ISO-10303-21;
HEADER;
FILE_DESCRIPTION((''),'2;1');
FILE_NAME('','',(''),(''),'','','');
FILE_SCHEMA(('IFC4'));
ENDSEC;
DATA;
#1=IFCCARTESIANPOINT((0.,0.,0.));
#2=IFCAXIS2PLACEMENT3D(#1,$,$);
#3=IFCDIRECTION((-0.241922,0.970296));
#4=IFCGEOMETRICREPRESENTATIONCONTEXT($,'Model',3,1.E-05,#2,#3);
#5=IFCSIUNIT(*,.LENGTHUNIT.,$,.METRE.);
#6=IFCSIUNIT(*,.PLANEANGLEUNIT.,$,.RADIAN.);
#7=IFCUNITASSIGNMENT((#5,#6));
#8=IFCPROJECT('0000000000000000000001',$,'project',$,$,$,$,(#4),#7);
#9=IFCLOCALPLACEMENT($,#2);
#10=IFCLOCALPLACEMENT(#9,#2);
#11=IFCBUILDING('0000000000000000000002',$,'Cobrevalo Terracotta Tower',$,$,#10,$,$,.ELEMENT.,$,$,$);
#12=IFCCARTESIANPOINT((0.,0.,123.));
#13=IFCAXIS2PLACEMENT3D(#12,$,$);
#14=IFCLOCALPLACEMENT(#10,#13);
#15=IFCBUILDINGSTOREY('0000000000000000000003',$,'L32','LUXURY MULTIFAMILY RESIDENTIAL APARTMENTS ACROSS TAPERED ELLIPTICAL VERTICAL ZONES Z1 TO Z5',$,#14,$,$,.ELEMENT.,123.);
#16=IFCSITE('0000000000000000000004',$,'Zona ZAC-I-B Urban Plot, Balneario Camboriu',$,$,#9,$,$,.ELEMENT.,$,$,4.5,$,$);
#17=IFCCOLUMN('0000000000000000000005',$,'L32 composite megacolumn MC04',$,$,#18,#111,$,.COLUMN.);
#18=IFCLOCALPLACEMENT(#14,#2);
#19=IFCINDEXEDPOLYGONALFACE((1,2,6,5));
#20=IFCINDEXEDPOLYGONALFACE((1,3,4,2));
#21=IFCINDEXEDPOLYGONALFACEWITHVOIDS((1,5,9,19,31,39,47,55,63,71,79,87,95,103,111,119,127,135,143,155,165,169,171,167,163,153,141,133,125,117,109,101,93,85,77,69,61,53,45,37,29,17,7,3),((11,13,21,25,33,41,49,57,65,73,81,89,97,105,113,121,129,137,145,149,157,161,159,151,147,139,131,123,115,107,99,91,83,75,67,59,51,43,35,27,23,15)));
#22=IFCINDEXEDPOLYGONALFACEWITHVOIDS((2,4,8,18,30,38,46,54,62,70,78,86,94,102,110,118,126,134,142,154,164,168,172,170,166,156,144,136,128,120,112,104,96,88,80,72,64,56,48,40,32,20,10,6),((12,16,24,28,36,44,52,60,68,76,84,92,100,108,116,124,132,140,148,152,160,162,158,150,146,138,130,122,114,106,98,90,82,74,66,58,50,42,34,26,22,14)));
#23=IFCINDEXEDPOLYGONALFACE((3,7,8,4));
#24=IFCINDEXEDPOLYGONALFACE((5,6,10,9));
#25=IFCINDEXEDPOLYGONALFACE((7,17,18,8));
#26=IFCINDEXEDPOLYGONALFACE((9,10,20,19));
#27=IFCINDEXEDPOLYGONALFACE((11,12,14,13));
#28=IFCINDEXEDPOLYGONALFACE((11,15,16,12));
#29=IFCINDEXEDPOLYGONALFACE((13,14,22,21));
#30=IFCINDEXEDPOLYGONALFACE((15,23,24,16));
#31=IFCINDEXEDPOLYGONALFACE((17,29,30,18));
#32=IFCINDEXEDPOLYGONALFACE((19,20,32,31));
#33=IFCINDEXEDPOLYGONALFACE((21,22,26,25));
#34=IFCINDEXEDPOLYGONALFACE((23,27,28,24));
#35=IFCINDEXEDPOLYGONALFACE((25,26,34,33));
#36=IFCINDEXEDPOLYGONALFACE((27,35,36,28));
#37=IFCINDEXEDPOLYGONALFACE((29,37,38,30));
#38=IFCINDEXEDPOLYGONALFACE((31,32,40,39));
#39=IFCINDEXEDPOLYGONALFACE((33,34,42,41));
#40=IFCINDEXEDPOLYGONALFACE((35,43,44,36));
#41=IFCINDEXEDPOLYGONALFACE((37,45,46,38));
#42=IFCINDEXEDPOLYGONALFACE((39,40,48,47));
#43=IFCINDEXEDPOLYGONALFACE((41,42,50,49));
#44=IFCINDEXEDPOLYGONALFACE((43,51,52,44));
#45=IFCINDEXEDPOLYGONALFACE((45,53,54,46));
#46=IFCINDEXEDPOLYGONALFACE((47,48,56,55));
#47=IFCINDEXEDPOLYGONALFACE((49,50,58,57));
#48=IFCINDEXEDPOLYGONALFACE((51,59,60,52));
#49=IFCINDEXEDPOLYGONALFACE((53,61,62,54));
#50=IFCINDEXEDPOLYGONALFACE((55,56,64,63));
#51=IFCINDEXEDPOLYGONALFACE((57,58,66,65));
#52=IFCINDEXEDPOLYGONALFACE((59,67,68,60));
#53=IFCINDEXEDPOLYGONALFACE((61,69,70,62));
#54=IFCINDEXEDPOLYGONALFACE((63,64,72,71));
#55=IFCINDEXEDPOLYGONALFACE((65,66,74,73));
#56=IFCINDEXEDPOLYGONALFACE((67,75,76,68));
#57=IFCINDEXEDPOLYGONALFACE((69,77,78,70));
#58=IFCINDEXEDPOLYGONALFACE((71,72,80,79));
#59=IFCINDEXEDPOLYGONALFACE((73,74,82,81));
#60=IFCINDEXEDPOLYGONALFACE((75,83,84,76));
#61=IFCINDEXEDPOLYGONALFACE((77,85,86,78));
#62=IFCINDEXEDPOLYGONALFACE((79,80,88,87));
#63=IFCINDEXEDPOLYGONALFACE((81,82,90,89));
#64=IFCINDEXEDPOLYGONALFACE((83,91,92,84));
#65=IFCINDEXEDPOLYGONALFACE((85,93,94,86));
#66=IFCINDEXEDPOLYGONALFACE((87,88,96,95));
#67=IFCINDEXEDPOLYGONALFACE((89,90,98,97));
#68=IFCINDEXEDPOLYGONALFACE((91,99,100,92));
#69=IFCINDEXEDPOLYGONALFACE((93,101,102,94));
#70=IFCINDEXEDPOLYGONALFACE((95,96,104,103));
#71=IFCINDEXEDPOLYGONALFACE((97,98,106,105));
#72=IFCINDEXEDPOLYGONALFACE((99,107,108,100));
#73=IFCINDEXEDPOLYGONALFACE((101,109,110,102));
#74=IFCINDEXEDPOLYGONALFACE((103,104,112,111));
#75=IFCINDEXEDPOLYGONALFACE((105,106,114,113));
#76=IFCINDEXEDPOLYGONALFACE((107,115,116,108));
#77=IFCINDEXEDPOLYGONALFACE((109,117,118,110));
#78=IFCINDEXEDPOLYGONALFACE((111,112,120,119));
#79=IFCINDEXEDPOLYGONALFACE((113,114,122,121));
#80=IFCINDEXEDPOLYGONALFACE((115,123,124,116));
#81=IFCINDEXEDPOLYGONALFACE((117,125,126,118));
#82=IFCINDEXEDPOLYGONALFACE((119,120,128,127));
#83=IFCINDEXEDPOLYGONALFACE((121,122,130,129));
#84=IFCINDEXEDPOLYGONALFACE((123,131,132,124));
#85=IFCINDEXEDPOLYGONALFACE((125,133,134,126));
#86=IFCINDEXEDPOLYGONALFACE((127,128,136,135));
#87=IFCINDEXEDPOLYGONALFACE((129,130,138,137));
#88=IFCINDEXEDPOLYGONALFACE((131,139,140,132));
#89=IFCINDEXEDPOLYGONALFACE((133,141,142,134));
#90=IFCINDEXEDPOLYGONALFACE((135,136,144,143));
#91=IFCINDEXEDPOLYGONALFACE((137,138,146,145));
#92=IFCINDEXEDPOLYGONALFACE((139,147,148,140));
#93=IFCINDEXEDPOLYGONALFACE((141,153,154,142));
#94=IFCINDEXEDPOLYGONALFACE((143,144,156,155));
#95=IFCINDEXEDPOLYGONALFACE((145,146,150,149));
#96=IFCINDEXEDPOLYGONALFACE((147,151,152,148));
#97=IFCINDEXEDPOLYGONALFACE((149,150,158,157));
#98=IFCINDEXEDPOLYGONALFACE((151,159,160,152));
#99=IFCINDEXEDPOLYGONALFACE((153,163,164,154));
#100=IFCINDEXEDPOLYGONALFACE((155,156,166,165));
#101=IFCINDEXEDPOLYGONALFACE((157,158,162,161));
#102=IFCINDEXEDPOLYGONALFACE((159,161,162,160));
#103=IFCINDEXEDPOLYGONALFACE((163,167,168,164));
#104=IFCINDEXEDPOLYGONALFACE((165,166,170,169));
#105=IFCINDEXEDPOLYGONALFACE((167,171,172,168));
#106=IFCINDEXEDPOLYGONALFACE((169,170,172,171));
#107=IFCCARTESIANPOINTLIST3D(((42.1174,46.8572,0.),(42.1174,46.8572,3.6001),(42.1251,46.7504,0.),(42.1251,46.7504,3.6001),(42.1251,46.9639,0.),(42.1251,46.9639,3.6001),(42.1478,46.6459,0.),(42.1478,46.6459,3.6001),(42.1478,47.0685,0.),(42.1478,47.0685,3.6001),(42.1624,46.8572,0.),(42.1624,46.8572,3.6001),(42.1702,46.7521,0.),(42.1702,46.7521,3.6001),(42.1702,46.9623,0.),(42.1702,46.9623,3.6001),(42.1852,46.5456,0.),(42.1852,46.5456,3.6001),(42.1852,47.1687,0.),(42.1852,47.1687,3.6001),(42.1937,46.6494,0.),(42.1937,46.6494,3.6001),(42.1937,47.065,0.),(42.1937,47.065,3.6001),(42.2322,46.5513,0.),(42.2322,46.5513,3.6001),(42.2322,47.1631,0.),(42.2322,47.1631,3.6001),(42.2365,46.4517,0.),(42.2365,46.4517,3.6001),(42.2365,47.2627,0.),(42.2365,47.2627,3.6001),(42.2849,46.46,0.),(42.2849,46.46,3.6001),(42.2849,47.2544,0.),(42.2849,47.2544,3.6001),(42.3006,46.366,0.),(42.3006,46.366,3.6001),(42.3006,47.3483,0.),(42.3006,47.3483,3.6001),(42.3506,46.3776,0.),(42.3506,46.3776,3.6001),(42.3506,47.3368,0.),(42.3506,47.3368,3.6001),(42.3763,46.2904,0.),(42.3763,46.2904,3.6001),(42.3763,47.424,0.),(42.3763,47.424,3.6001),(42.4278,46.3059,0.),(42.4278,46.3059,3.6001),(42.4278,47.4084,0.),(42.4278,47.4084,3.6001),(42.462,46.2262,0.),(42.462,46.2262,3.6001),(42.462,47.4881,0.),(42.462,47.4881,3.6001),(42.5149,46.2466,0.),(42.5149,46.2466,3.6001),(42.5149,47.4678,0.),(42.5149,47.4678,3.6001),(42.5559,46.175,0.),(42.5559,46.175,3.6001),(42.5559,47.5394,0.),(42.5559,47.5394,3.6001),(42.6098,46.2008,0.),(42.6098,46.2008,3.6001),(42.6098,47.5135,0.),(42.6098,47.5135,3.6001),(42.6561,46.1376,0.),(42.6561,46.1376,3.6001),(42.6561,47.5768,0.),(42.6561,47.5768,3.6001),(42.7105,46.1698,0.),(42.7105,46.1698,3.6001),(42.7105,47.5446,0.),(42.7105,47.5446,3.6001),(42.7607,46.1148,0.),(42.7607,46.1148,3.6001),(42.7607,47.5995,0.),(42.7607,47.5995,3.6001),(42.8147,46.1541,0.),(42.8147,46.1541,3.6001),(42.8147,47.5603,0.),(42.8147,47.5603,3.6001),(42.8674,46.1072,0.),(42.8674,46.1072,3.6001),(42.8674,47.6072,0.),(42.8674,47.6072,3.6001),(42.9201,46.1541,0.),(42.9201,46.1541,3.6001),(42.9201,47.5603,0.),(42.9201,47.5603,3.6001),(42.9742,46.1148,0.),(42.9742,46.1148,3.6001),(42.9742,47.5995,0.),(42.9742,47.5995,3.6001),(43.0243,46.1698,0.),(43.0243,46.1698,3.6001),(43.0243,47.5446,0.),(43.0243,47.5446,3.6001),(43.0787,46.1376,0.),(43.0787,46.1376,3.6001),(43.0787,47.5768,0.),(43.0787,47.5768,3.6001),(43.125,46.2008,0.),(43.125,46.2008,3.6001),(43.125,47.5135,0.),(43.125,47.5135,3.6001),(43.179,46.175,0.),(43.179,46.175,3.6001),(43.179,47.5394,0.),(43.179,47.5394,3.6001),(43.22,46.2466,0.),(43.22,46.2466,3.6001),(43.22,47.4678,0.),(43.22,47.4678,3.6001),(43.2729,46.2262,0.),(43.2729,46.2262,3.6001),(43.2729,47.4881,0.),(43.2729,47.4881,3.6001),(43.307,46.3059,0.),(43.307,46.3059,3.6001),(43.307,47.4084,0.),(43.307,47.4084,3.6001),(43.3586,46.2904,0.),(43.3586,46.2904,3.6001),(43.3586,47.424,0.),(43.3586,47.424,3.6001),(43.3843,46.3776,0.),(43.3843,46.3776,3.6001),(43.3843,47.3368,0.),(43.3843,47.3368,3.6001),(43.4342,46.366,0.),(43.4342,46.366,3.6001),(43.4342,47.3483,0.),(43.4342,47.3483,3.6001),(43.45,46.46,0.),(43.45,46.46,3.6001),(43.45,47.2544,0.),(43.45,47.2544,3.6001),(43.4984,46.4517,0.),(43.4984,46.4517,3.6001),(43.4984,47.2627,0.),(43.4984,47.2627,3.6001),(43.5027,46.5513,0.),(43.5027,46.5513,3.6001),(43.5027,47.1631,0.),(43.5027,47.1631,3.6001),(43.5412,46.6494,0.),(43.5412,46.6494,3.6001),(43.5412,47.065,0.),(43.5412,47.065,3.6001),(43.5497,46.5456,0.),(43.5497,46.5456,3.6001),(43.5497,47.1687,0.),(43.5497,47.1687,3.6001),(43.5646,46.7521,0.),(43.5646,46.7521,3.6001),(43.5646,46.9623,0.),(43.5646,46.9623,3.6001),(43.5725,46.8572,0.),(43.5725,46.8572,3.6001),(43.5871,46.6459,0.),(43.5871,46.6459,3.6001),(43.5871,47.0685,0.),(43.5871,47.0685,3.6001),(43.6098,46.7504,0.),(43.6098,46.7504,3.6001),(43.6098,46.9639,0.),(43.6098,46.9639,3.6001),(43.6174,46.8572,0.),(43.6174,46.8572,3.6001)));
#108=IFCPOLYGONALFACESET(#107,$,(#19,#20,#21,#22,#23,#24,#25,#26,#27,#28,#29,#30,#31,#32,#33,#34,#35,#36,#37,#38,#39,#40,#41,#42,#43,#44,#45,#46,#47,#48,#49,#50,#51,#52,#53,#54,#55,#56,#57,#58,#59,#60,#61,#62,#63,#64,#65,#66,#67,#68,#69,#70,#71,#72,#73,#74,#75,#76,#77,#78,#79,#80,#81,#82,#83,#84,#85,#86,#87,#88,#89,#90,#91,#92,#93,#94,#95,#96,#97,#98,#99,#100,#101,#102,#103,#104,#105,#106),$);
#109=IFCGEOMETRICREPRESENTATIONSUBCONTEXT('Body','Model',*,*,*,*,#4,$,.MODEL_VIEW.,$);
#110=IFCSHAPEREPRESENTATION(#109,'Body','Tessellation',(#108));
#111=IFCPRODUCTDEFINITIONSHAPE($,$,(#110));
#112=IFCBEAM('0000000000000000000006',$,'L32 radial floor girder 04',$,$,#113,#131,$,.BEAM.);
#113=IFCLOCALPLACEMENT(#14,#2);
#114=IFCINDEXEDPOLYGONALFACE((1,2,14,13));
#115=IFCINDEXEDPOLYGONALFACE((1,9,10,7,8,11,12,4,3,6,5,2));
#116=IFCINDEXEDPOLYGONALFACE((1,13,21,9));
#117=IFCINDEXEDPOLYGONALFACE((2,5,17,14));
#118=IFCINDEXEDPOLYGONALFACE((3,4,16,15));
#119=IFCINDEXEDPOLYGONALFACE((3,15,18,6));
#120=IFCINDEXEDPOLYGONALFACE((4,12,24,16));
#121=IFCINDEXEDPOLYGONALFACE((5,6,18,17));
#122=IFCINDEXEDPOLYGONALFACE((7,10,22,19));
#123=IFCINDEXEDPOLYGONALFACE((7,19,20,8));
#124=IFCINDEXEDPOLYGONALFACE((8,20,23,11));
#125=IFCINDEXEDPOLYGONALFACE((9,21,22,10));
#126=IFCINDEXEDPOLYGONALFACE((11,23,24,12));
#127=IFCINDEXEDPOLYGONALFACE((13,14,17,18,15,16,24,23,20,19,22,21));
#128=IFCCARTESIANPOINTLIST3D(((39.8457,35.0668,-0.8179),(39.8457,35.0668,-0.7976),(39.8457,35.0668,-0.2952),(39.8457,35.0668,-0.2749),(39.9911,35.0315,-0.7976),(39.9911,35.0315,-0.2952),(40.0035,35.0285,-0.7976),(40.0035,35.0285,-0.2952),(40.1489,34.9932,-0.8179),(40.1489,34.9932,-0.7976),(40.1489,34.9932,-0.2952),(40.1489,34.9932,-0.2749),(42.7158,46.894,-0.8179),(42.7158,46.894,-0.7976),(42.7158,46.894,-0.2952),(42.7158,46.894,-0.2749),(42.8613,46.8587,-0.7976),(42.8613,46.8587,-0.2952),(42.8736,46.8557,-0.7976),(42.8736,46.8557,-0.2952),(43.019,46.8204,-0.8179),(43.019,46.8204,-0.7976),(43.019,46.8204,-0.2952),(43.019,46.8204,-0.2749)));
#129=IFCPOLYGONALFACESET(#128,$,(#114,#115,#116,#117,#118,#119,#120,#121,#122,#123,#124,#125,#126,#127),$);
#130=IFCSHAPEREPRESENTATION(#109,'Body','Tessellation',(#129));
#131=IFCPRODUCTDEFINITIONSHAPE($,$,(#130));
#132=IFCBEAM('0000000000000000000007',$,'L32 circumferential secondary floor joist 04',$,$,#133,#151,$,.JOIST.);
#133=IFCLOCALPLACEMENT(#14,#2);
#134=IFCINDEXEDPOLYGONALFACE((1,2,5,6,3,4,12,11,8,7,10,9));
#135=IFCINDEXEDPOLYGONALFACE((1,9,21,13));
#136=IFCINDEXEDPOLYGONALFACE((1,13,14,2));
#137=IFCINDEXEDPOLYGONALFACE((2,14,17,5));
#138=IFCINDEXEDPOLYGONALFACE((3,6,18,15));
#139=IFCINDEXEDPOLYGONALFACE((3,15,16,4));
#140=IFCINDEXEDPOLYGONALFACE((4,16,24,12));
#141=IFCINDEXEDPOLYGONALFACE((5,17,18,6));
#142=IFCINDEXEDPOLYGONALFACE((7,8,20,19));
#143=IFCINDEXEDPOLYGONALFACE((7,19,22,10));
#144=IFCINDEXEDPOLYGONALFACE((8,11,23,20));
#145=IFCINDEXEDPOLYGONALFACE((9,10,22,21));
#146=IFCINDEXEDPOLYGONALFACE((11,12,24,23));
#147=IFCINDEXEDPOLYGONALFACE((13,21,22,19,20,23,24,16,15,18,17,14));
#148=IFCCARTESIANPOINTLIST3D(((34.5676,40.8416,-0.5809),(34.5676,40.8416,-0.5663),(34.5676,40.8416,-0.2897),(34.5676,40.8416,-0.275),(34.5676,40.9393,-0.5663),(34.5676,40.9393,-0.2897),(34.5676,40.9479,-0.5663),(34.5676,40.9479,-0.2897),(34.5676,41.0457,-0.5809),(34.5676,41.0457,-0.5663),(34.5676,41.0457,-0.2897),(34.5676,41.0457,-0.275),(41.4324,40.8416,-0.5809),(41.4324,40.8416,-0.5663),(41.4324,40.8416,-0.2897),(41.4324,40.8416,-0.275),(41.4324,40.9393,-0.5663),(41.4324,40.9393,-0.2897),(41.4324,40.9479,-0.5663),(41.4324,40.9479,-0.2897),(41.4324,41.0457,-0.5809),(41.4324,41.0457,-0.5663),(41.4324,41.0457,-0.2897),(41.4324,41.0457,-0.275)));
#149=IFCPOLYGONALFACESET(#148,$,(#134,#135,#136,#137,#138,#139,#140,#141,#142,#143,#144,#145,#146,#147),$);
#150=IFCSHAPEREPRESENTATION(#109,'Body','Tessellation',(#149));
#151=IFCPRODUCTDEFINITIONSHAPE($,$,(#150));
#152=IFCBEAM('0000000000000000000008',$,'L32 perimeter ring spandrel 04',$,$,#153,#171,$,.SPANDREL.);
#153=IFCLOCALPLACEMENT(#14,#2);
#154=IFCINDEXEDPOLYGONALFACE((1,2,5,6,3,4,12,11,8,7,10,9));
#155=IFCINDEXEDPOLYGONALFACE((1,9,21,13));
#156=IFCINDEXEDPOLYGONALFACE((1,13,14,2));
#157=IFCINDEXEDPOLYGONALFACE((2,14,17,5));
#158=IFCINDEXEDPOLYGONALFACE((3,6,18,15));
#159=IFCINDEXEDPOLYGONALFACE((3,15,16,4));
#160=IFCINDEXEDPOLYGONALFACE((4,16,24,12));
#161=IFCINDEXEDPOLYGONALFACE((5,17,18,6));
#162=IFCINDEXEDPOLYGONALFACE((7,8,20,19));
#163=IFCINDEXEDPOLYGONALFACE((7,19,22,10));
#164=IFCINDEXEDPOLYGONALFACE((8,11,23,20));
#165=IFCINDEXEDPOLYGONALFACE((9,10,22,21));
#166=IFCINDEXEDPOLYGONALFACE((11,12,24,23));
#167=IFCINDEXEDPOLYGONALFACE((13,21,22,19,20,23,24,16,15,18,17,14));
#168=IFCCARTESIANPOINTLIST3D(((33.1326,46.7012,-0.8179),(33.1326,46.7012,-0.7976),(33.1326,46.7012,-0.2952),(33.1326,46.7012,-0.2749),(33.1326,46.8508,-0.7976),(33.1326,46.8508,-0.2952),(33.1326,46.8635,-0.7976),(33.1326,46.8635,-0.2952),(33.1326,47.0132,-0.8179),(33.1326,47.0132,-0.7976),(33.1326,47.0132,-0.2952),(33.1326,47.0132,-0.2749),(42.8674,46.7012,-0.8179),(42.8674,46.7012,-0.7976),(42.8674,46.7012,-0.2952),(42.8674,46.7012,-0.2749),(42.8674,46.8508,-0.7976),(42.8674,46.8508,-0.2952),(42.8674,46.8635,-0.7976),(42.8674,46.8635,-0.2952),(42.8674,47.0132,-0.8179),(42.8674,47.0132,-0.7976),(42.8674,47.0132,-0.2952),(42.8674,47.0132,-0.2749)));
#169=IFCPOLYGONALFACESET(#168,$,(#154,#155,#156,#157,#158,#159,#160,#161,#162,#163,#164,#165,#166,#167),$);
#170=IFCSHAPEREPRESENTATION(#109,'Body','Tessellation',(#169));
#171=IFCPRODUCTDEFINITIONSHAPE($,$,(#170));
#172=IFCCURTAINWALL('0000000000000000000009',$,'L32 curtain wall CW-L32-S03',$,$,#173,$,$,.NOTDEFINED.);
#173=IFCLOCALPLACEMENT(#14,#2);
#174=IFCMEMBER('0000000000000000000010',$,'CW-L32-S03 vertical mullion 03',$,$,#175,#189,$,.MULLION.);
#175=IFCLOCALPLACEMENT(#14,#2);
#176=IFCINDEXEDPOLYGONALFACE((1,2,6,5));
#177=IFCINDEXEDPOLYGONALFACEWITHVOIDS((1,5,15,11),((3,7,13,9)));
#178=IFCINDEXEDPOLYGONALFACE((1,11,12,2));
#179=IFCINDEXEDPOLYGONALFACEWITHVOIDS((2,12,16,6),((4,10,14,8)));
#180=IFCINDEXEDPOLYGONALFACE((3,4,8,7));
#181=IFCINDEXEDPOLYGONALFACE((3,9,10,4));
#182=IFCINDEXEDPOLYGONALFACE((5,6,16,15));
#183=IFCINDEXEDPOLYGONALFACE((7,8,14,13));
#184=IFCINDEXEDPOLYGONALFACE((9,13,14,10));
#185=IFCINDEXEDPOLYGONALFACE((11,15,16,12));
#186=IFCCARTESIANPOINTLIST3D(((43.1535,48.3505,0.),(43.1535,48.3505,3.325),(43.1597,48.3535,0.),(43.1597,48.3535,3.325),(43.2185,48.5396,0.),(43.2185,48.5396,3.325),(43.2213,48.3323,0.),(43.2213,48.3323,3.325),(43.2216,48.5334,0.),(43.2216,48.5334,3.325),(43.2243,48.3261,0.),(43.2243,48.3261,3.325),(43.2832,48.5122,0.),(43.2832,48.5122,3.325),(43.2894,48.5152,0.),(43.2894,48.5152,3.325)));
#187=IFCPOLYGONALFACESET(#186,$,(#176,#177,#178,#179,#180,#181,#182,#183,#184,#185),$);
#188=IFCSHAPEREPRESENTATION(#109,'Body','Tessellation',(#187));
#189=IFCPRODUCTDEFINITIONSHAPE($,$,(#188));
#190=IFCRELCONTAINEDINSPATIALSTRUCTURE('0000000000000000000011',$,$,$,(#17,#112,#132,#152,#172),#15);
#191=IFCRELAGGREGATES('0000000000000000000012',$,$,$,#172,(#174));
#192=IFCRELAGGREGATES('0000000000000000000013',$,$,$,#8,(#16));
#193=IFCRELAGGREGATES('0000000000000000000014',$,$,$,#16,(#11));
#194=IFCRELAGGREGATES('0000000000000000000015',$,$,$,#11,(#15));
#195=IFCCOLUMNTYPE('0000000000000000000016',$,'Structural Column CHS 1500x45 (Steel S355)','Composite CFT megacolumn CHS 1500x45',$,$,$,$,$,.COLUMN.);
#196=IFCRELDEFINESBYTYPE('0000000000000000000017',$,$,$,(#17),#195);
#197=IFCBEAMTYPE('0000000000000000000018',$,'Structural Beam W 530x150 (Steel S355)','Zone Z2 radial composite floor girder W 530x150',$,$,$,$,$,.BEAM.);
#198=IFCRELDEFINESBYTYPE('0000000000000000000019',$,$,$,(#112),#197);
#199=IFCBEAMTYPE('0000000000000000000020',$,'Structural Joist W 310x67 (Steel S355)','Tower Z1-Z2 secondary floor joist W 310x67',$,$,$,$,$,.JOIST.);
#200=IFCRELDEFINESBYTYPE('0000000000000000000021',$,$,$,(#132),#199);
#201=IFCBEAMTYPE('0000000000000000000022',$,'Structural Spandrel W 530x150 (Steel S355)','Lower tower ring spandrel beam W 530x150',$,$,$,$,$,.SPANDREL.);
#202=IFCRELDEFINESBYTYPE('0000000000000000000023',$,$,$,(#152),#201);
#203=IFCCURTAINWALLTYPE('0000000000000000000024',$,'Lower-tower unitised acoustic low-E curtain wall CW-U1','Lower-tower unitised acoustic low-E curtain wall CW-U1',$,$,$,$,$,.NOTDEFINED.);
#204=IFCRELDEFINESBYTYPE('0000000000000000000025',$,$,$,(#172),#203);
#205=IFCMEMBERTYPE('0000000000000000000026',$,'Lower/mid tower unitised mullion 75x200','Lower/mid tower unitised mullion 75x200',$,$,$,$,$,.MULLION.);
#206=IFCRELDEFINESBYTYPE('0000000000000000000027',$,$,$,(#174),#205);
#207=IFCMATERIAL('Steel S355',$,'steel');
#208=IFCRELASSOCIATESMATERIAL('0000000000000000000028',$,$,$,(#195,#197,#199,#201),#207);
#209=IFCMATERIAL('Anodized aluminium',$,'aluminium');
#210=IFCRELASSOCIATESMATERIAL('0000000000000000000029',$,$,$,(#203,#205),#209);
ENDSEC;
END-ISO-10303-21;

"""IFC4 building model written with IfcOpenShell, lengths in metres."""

from ifc_helpers import new_model, si_unit, direction, frame, origin, origin_2d, place, context, subcontext, project, spatial, hollow_rectangle, hollow_circle, i_section, extrude, source, transform, mapped, material, material_profile, profile_set, type_object, element, aggregate, save


model = new_model("IFC4")

# Units and contexts
model_context = context("Model", 3, precision=1e-05, world=origin(), true_north=direction((-0.241922, 0.970296)))
body_context = subcontext(model_context, "Body", "Model", "MODEL_VIEW")
ifc_project = project(units=[si_unit("LENGTHUNIT", "METRE"), si_unit("PLANEANGLEUNIT", "RADIAN")], contexts=[model_context])

# Site, building, storey
site_placement = place(None, origin())
site = spatial("IfcSite", under=ifc_project, at=site_placement, Name="Zona ZAC-I-B Urban Plot, Balneario Camboriu", CompositionType="ELEMENT", RefElevation=4.5)
building_placement = place(site_placement, origin())
building = spatial("IfcBuilding", under=site, at=building_placement, Name="Cobrevalo Terracotta Tower", CompositionType="ELEMENT")
storey_placement = place(building_placement, frame((0.0, 0.0, 123.0)))
storey = spatial("IfcBuildingStorey", under=building, at=storey_placement, Name="L32", Description="LUXURY MULTIFAMILY RESIDENTIAL APARTMENTS ACROSS TAPERED ELLIPTICAL VERTICAL ZONES Z1 TO Z5", CompositionType="ELEMENT", Elevation=123.0)

# Column
ifc_material_1 = material(Name="Steel S355", Category="steel")
ifc_material_profile_1 = material_profile(ifc_material_1, hollow_circle(Radius=0.75, WallThickness=0.0449, at=origin_2d()), Name="CHS 1500x45")
ifc_profile_set_1 = profile_set([ifc_material_profile_1], Name="Steel S355")
column_type = type_object("IfcColumnType", Name="Structural Column CHS 1500x45 (Steel S355)", Description="Composite CFT megacolumn CHS 1500x45", PredefinedType="COLUMN", material=ifc_profile_set_1)
column_placement = place(storey_placement, frame((42.8674, 46.8572, 0.0), z_axis=(0.0, 0.0, 1.0), x_axis=(1.0, 0.0, 0.0)))
element("IfcColumn", 1, at=column_placement, inside=storey, type_object=column_type, Name="L32 composite megacolumn MC04", PredefinedType="COLUMN", context=body_context, shape_type="SweptSolid", body=[
    extrude(hollow_circle(Radius=0.75, WallThickness=0.0449, at=origin_2d()), origin(), (0.0, 0.0, 1.0), 3.6001),
])

# Beams
ifc_material_profile_2 = material_profile(ifc_material_1, i_section(OverallWidth=0.312, OverallDepth=0.543, WebThickness=0.0127, FlangeThickness=0.0203, at=origin_2d()), Name="W 530x150")
ifc_profile_set_2 = profile_set([ifc_material_profile_2], Name="Steel S355")
beam_type_1 = type_object("IfcBeamType", Name="Structural Beam W 530x150 (Steel S355)", Description="Zone Z2 radial composite floor girder W 530x150", PredefinedType="BEAM", material=ifc_profile_set_2)
beam_1_placement = place(storey_placement, frame((42.8674, 46.8572, -0.5464), z_axis=(-0.235827, -0.971795, 0.0), x_axis=(0.971795, -0.235827, 0.0)))
element("IfcBeam", 2, at=beam_1_placement, inside=storey, type_object=beam_type_1, Name="L32 radial floor girder 04", PredefinedType="BEAM", context=body_context, shape_type="SweptSolid", body=[
    extrude(i_section(OverallWidth=0.312, OverallDepth=0.543, WebThickness=0.0127, FlangeThickness=0.0203, at=origin_2d()), origin(), (0.0, 0.0, 1.0), 12.1704),
])
ifc_material_profile_3 = material_profile(ifc_material_1, i_section(OverallWidth=0.2041, OverallDepth=0.3059, WebThickness=0.0085, FlangeThickness=0.0146, at=origin_2d()), Name="W 310x67")
ifc_profile_set_3 = profile_set([ifc_material_profile_3], Name="Steel S355")
beam_type_2 = type_object("IfcBeamType", Name="Structural Joist W 310x67 (Steel S355)", Description="Tower Z1-Z2 secondary floor joist W 310x67", PredefinedType="JOIST", material=ifc_profile_set_3)
beam_2_placement = place(storey_placement, frame((41.4324, 40.9436, -0.428), z_axis=(-1.0, 0.0, 0.0), x_axis=(0.0, -1.0, 0.0)))
element("IfcBeam", 3, at=beam_2_placement, inside=storey, type_object=beam_type_2, Name="L32 circumferential secondary floor joist 04", PredefinedType="JOIST", context=body_context, shape_type="SweptSolid", body=[
    extrude(i_section(OverallWidth=0.2041, OverallDepth=0.3059, WebThickness=0.0085, FlangeThickness=0.0146, at=origin_2d()), origin(), (0.0, 0.0, 1.0), 6.8647),
])
ifc_material_profile_4 = material_profile(ifc_material_1, i_section(OverallWidth=0.312, OverallDepth=0.543, WebThickness=0.0127, FlangeThickness=0.0203, at=origin_2d()), Name="W 530x150")
ifc_profile_set_4 = profile_set([ifc_material_profile_4], Name="Steel S355")
beam_type_3 = type_object("IfcBeamType", Name="Structural Spandrel W 530x150 (Steel S355)", Description="Lower tower ring spandrel beam W 530x150", PredefinedType="SPANDREL", material=ifc_profile_set_4)
beam_3_placement = place(storey_placement, frame((42.8674, 46.8572, -0.5464), z_axis=(-1.0, 0.0, 0.0), x_axis=(0.0, -1.0, 0.0)))
element("IfcBeam", 4, at=beam_3_placement, inside=storey, type_object=beam_type_3, Name="L32 perimeter ring spandrel 04", PredefinedType="SPANDREL", context=body_context, shape_type="SweptSolid", body=[
    extrude(i_section(OverallWidth=0.312, OverallDepth=0.543, WebThickness=0.0127, FlangeThickness=0.0203, at=origin_2d()), origin(), (0.0, 0.0, 1.0), 9.7349),
])

# Curtain wall, member
ifc_material_2 = material(Name="Anodized aluminium", Category="aluminium")
curtain_wall_type = type_object("IfcCurtainWallType", Name="Lower-tower unitised acoustic low-E curtain wall CW-U1", Description="Lower-tower unitised acoustic low-E curtain wall CW-U1", PredefinedType="NOTDEFINED", material=ifc_material_2)
curtain_wall_1_placement = place(storey_placement, origin())
curtain_wall_1 = element("IfcCurtainWall", 5, at=curtain_wall_1_placement, inside=storey, type_object=curtain_wall_type, Name="L32 curtain wall CW-L32-S03", PredefinedType="NOTDEFINED")
ifc_material_profile_5 = material_profile(ifc_material_2, hollow_rectangle(XDim=0.075, YDim=0.2, WallThickness=0.0049, at=origin_2d()), Name="CWM 75x200")
ifc_profile_set_5 = profile_set([ifc_material_profile_5], Name="Anodized aluminium")
member_type_1 = type_object("IfcMemberType", Name="Lower/mid tower unitised mullion 75x200", Description="Lower/mid tower unitised mullion 75x200", PredefinedType="MULLION", material=ifc_profile_set_5)
shared_shape_1 = source(origin(), body_context, "Body", "SweptSolid", [
    extrude(hollow_rectangle(XDim=0.075, YDim=0.2, WallThickness=0.0049, at=origin_2d()), origin(), (0.0, 0.0, 1.0), 3.325),
])
member_1_placement = place(storey_placement, frame((43.2214, 48.4329, 0.0), z_axis=(0.0, 0.0, 1.0), x_axis=(-0.945598, 0.325337, 0.0)))
member_1 = element("IfcMember", 6, at=member_1_placement, type_object=member_type_1, Name="CW-L32-S03 vertical mullion 03", PredefinedType="MULLION", context=body_context, shape_type="MappedRepresentation", body=[
    mapped(shared_shape_1, transform((0.0, 0.0, 0.0), scale=1.0)),
])

aggregate(curtain_wall_1, [member_1])

save(model, "model.ifc")
